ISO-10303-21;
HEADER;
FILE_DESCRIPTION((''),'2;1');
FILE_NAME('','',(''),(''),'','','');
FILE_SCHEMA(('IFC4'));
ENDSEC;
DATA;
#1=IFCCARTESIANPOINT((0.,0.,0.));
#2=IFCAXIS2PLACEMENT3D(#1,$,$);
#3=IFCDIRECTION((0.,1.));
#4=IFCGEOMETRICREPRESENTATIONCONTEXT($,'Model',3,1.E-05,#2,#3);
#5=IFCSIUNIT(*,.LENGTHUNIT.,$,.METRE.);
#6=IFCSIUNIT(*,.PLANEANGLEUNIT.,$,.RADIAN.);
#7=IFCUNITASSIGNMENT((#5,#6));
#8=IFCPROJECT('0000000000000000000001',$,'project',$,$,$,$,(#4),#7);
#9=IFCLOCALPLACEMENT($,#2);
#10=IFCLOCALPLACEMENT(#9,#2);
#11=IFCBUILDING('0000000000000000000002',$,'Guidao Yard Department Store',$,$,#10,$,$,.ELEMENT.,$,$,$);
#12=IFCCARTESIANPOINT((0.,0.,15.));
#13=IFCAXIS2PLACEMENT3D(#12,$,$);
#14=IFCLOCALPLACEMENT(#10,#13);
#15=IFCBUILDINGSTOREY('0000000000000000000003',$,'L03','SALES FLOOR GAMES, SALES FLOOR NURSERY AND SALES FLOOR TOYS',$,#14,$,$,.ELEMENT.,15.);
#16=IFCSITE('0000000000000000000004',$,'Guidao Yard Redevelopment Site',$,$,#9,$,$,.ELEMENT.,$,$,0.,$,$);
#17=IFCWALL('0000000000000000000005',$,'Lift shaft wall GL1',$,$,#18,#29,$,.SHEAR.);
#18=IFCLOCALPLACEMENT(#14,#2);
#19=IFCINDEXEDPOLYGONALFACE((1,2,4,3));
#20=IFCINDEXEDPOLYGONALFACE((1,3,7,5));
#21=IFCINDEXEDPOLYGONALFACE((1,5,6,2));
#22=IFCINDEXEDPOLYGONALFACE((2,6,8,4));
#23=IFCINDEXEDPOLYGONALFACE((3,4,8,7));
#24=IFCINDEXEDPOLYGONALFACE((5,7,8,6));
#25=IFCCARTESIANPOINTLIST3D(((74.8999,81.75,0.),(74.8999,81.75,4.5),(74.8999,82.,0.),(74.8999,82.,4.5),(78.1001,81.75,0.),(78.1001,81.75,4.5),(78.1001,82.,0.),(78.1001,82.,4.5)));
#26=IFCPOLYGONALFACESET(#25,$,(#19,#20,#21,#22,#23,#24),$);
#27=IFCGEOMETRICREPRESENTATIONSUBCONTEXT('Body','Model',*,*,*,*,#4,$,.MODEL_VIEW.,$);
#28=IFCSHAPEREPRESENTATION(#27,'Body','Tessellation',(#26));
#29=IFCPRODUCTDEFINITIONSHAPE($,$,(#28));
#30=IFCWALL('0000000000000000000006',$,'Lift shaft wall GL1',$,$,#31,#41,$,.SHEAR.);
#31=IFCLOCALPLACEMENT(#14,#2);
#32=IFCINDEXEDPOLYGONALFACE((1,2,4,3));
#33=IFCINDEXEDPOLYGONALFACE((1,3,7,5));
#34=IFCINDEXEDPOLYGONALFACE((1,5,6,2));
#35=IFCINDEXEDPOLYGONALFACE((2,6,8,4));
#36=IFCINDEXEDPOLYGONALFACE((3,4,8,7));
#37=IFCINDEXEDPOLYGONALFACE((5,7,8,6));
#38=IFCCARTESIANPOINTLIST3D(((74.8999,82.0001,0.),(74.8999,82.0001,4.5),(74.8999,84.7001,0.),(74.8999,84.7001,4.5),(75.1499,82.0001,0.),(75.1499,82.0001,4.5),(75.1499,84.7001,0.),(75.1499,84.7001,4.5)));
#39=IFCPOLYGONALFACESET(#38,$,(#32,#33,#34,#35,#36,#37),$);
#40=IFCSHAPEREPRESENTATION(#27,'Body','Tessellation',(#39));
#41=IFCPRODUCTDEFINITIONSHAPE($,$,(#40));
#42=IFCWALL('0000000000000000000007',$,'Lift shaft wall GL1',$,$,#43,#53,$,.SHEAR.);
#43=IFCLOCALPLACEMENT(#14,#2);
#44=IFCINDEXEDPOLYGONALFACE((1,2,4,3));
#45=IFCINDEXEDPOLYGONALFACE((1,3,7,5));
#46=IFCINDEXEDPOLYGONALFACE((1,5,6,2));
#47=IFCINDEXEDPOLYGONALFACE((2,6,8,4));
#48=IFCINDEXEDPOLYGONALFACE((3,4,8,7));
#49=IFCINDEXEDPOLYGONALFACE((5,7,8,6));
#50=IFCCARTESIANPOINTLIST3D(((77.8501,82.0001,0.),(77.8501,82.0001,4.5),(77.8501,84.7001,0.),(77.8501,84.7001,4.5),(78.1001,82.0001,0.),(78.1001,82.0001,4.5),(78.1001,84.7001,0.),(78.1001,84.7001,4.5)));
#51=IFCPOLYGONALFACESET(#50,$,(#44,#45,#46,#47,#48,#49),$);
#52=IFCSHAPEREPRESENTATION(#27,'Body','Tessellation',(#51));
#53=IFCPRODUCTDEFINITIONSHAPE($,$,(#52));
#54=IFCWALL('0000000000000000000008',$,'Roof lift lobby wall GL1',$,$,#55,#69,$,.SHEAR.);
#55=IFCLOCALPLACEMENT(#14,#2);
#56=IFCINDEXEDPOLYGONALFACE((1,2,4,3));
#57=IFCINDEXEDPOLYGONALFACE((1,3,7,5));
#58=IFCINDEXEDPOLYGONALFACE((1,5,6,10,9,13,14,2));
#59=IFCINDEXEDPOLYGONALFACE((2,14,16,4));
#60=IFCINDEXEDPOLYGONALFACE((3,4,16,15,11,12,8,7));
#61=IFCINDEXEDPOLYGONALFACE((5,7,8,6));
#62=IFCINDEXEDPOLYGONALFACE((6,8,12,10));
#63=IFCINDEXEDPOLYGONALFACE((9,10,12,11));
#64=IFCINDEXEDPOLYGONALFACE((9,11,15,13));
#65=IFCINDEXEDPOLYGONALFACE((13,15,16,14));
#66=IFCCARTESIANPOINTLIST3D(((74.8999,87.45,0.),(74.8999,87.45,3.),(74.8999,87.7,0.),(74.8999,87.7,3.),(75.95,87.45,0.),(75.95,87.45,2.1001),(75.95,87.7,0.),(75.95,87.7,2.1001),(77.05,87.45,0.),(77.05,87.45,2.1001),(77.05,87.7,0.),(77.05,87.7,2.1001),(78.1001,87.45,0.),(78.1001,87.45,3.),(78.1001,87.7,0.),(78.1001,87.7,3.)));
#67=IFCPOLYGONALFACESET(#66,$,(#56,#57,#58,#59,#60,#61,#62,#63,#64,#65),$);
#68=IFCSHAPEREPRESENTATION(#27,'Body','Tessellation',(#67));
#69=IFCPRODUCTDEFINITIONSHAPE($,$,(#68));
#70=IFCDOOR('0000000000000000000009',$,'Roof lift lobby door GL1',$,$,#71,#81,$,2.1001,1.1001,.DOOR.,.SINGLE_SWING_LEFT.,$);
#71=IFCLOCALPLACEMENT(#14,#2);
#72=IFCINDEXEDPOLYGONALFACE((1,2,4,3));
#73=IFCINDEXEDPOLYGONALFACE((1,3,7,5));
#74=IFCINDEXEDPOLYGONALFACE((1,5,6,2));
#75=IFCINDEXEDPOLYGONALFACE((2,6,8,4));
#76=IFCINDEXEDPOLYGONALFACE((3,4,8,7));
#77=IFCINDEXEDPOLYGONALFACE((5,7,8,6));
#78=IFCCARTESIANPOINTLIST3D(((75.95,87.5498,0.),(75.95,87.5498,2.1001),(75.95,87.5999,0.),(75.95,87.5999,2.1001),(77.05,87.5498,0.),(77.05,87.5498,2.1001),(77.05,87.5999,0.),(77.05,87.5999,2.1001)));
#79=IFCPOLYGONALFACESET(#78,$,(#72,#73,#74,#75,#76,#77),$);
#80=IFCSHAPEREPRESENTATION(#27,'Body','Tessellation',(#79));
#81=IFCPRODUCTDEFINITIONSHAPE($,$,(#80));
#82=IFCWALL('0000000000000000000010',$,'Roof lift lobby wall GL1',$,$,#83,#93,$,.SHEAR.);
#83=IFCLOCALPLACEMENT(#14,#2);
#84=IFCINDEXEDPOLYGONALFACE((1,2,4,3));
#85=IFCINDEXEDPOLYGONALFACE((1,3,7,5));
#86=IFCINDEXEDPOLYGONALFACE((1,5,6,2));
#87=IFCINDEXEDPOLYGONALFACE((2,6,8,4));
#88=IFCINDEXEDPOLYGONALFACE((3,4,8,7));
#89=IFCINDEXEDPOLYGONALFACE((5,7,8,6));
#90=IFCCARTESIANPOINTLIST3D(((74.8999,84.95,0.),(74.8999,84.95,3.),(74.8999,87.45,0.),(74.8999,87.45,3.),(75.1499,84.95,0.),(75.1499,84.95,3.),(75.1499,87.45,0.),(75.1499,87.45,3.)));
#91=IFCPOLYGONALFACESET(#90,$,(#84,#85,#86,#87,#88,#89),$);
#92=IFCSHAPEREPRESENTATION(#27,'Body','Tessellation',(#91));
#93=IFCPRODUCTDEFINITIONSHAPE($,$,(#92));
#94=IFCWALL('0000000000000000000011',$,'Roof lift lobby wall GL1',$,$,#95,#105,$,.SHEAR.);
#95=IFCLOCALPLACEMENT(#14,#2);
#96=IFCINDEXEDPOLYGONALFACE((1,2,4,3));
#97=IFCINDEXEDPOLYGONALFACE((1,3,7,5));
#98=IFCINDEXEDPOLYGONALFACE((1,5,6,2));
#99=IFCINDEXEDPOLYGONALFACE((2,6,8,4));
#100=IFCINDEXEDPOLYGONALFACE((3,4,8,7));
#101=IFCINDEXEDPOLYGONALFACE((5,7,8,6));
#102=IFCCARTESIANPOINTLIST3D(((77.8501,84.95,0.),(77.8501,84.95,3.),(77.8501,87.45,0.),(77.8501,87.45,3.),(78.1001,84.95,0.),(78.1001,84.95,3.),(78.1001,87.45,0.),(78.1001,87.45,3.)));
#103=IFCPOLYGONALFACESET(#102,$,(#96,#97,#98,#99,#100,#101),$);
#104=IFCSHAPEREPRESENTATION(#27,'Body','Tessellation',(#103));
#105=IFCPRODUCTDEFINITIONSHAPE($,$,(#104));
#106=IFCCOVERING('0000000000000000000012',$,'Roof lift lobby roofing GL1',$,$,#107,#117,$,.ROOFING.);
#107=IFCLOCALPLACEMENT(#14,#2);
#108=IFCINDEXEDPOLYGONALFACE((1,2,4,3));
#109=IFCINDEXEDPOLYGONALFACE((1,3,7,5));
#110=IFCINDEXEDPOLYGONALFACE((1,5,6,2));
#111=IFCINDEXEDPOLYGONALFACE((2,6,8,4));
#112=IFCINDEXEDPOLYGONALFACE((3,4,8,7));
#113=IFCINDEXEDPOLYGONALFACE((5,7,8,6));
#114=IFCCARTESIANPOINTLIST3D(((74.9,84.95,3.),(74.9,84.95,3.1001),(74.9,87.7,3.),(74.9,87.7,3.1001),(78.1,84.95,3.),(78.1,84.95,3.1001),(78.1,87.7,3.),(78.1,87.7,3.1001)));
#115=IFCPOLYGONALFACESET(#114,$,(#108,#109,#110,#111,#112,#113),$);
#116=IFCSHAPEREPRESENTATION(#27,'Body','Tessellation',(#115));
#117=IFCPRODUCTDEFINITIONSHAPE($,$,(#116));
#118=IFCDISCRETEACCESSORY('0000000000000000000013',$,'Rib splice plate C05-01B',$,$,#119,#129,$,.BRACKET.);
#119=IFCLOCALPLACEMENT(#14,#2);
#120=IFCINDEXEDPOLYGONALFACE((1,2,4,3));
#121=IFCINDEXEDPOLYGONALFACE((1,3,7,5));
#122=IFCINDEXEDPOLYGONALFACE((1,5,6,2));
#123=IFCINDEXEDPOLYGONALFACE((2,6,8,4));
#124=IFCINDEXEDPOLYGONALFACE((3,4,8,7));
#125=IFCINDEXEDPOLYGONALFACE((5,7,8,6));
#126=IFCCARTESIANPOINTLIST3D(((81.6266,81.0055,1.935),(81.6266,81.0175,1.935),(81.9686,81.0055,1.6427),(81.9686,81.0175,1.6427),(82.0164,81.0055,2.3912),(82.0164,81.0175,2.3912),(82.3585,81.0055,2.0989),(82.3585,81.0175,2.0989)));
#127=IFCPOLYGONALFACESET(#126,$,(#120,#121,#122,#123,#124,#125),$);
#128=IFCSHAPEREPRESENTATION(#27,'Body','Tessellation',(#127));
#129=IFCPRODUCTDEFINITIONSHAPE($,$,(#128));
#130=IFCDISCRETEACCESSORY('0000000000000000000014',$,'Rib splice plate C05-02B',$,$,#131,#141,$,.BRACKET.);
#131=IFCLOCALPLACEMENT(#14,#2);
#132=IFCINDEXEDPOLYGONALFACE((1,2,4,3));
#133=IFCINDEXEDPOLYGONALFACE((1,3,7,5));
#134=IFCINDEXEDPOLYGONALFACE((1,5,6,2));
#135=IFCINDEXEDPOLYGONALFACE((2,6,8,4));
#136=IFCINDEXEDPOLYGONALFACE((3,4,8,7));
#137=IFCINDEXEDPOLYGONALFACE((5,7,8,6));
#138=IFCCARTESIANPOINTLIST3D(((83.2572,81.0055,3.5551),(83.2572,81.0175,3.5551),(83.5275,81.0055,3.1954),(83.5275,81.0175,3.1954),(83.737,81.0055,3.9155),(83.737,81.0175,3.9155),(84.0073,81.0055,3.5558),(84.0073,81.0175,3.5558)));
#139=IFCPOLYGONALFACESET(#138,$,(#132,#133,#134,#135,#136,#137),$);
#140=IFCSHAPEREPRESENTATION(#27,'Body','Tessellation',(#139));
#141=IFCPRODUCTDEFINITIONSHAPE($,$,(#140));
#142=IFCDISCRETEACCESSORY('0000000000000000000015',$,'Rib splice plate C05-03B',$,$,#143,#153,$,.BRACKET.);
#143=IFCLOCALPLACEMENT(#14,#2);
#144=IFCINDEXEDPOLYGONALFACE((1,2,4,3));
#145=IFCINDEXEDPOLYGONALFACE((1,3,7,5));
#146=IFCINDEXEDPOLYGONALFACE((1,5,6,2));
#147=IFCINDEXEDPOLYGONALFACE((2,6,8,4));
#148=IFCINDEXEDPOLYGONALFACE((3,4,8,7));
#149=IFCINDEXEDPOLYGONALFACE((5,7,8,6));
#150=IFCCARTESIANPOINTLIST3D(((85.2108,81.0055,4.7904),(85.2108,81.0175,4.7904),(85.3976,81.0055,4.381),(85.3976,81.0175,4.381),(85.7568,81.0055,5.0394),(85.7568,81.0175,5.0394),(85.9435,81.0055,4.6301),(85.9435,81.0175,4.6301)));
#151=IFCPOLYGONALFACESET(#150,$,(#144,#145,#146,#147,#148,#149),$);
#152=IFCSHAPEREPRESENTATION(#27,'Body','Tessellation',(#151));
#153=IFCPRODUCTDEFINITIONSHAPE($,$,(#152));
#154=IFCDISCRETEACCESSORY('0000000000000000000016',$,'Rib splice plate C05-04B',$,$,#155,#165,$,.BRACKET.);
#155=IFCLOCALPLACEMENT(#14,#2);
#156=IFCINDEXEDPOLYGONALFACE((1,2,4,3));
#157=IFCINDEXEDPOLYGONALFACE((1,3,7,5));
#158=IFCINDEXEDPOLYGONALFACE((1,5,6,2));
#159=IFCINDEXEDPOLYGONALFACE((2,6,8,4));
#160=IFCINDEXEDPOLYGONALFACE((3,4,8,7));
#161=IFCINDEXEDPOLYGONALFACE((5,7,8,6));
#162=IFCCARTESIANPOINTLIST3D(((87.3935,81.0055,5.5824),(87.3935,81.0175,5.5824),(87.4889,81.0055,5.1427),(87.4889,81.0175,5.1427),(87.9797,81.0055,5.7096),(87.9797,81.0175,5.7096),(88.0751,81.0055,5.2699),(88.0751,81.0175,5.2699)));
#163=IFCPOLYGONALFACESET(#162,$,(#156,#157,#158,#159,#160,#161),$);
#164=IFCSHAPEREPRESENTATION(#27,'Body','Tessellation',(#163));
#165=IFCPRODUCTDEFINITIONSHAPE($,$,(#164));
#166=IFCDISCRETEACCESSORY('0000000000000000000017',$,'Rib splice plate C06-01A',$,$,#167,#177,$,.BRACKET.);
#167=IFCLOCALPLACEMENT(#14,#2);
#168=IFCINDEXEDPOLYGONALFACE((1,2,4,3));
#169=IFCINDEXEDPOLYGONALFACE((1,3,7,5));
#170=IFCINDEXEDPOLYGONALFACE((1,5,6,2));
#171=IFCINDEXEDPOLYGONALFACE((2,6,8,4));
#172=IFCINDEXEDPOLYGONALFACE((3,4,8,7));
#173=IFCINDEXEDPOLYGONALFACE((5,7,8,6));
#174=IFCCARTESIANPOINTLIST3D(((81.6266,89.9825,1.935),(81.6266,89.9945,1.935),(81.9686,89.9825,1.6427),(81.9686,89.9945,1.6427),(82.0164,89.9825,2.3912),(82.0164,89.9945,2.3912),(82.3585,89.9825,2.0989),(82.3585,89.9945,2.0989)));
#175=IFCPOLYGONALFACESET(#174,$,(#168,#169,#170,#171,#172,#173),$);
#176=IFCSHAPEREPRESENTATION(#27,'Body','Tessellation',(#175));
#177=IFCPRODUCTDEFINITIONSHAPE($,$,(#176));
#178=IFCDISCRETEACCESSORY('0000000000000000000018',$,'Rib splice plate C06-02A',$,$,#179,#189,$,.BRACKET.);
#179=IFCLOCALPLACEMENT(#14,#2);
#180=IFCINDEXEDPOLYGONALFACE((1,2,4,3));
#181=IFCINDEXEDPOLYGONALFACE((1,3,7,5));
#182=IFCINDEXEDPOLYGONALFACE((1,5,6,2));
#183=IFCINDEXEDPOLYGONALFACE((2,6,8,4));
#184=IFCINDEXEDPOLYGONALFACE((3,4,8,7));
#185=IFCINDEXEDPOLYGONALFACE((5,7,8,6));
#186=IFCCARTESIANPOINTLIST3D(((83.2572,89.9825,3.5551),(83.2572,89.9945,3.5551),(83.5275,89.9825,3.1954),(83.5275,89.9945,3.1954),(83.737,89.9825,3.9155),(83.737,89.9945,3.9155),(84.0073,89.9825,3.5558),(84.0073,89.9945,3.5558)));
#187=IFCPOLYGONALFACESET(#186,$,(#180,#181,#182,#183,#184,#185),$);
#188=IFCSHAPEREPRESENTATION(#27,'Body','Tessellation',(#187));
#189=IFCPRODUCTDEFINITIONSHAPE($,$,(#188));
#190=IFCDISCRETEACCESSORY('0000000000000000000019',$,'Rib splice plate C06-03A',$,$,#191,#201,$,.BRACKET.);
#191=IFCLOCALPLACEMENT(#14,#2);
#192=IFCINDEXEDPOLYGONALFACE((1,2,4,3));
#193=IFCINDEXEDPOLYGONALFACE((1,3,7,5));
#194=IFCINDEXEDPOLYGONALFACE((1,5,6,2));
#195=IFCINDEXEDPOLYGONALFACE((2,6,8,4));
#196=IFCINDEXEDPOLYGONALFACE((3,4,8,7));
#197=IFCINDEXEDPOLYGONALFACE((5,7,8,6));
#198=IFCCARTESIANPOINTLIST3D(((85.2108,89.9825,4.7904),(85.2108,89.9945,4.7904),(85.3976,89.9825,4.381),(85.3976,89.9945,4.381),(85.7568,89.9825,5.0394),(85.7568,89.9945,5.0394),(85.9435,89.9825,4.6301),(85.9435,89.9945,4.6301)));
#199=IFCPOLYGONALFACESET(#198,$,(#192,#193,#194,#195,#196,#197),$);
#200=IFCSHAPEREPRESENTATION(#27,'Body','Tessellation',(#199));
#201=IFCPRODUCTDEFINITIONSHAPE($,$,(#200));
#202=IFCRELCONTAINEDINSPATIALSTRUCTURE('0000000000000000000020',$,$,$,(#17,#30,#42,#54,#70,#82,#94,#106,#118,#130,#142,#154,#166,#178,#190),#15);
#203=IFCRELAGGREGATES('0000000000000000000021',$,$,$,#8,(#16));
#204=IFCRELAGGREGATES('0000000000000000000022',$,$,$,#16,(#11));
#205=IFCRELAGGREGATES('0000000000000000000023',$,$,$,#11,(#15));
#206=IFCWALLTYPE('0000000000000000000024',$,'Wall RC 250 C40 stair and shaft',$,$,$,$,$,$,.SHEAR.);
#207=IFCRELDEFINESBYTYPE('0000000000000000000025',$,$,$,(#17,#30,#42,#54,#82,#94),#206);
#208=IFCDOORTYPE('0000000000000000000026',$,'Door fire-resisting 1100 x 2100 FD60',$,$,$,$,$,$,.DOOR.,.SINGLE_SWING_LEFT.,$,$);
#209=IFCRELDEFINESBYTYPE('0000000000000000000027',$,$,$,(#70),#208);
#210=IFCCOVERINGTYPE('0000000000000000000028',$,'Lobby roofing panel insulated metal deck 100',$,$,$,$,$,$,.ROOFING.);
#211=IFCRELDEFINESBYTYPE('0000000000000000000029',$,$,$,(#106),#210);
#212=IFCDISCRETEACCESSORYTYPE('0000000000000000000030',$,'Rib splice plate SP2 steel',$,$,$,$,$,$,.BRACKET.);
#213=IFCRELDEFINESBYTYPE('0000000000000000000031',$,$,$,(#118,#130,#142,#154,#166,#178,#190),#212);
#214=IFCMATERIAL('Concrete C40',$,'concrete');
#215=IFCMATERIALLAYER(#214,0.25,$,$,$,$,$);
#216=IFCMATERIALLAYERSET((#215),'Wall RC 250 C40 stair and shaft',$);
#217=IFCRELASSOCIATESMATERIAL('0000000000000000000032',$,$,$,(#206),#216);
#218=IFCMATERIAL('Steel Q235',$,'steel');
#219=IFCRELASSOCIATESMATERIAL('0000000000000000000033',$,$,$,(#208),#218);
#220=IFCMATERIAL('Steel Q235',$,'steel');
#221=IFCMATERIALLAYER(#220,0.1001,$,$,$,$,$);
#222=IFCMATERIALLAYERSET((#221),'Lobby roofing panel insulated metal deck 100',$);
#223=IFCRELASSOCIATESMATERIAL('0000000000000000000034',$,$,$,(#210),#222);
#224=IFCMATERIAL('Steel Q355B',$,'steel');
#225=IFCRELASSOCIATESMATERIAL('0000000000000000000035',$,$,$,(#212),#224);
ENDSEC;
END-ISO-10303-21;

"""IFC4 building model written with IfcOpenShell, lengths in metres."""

from ifc_helpers import new_model, si_unit, direction, frame, frame_2d, origin, origin_2d, place, context, subcontext, project, spatial, rectangle, extrude, material, layer, layer_set, material_profile, profile_set, type_object, element, fill, save


model = new_model("IFC4")

# Units and contexts
model_context = context("Model", 3, precision=1e-05, world=origin(), true_north=direction((0.0, 1.0)))
body_context = subcontext(model_context, "Body", "Model", "MODEL_VIEW")
ifc_project = project(units=[si_unit("LENGTHUNIT", "METRE"), si_unit("PLANEANGLEUNIT", "RADIAN")], contexts=[model_context])

# Site, building, storey
site_placement = place(None, origin())
site = spatial("IfcSite", under=ifc_project, at=site_placement, Name="Guidao Yard Redevelopment Site", CompositionType="ELEMENT", RefElevation=0.0)
building_placement = place(site_placement, origin())
building = spatial("IfcBuilding", under=site, at=building_placement, Name="Guidao Yard Department Store", CompositionType="ELEMENT")
storey_placement = place(building_placement, frame((0.0, 0.0, 15.0)))
storey = spatial("IfcBuildingStorey", under=building, at=storey_placement, Name="L03", Description="SALES FLOOR GAMES, SALES FLOOR NURSERY AND SALES FLOOR TOYS", CompositionType="ELEMENT", Elevation=15.0)

# Shared definitions
ifc_material_1 = material(Name="Concrete C40", Category="concrete")
ifc_layer_1 = layer(ifc_material_1, 0.25)
ifc_layer_set_1 = layer_set([ifc_layer_1], Name="Wall RC 250 C40 stair and shaft")
wall_type = type_object("IfcWallType", Name="Wall RC 250 C40 stair and shaft", PredefinedType="SHEAR", material=ifc_layer_set_1)

# Walls
wall_1_placement = place(storey_placement, frame((74.8999, 81.875, 0.0), z_axis=(0.0, 0.0, 1.0), x_axis=(1.0, 0.0, 0.0)))
element("IfcWall", 1, at=wall_1_placement, inside=storey, type_object=wall_type, Name="Lift shaft wall GL1", PredefinedType="SHEAR", context=body_context, shape_type="SweptSolid", body=[
    extrude(rectangle(XDim=3.2002, YDim=0.25, at=frame_2d((1.6001, 0.0))), origin(), (0.0, 0.0, 1.0), 4.5),
])
for number, where, z_axis, x_axis, name in (
    (2, (75.0249, 82.0, 0.0), (0.0, 0.0, 1.0), (0.0, 1.0, 0.0), "Lift shaft wall GL1"),
    (3, (77.9751, 82.0, 0.0), (0.0, 0.0, 1.0), (0.0, 1.0, 0.0), "Lift shaft wall GL1"),
):
    element("IfcWall", number, at=place(storey_placement, frame(where, z_axis=z_axis, x_axis=x_axis)), inside=storey, type_object=wall_type, Name=name, PredefinedType="SHEAR", context=body_context, shape_type="SweptSolid", body=[
        extrude(rectangle(XDim=2.7, YDim=0.25, at=frame_2d((1.3501, 0.0))), origin(), (0.0, 0.0, 1.0), 4.5),
    ])

# Wall, opening, door
wall_2_placement = place(storey_placement, frame((74.8999, 87.575, 0.0), z_axis=(0.0, 0.0, 1.0), x_axis=(1.0, 0.0, 0.0)))
wall_2 = element("IfcWall", 4, at=wall_2_placement, inside=storey, type_object=wall_type, Name="Roof lift lobby wall GL1", PredefinedType="SHEAR", context=body_context, shape_type="SweptSolid", body=[
    extrude(rectangle(XDim=3.2002, YDim=0.25, at=frame_2d((1.6001, 0.0))), origin(), (0.0, 0.0, 1.0), 3.0),
])
opening_1_placement = place(wall_2_placement, frame((1.05, 0.0, 0.0)))
opening_1 = element("IfcOpeningElement", 5, at=opening_1_placement, cuts=wall_2, PredefinedType="OPENING", context=body_context, shape_type="SweptSolid", body=[
    extrude(rectangle(XDim=1.1001, YDim=2.1001, at=frame_2d((0.55, 1.05))), frame((0.0, 0.135, 0.0), z_axis=(0.0, -1.0, 0.0), x_axis=(1.0, 0.0, 0.0)), (0.0, 0.0, 1.0), 0.27),
])
ifc_material_2 = material(Name="Steel Q235", Category="steel")
door_type_1 = type_object("IfcDoorType", Name="Door fire-resisting 1100 x 2100 FD60", OperationType="SINGLE_SWING_LEFT", PredefinedType="DOOR", material=ifc_material_2)
door_1_placement = place(opening_1_placement, origin())
door_1 = element("IfcDoor", 6, at=door_1_placement, inside=storey, type_object=door_type_1, Name="Roof lift lobby door GL1", OperationType="SINGLE_SWING_LEFT", OverallHeight=2.1001, OverallWidth=1.1001, PredefinedType="DOOR", context=body_context, shape_type="SweptSolid", body=[
    extrude(rectangle(XDim=1.1001, YDim=2.1001, at=frame_2d((0.55, 1.05))), frame((0.0, 0.0249, 0.0), z_axis=(0.0, -1.0, 0.0), x_axis=(1.0, 0.0, 0.0)), (0.0, 0.0, 1.0), 0.05),
])
fill(opening_1, door_1)

# Walls
for number, where, z_axis, x_axis, name in (
    (7, (75.0249, 84.95, 0.0), (0.0, 0.0, 1.0), (0.0, 1.0, 0.0), "Roof lift lobby wall GL1"),
    (8, (77.9751, 84.95, 0.0), (0.0, 0.0, 1.0), (0.0, 1.0, 0.0), "Roof lift lobby wall GL1"),
):
    element("IfcWall", number, at=place(storey_placement, frame(where, z_axis=z_axis, x_axis=x_axis)), inside=storey, type_object=wall_type, Name=name, PredefinedType="SHEAR", context=body_context, shape_type="SweptSolid", body=[
        extrude(rectangle(XDim=2.5, YDim=0.25, at=frame_2d((1.25, 0.0))), origin(), (0.0, 0.0, 1.0), 3.0),
    ])

# Covering
ifc_material_3 = material(Name="Steel Q235", Category="steel")
ifc_layer_2 = layer(ifc_material_3, 0.1001)
ifc_layer_set_2 = layer_set([ifc_layer_2], Name="Lobby roofing panel insulated metal deck 100")
covering_type = type_object("IfcCoveringType", Name="Lobby roofing panel insulated metal deck 100", PredefinedType="ROOFING", material=ifc_layer_set_2)
covering_placement = place(storey_placement, frame((76.5, 86.325, 3.0), z_axis=(0.0, 0.0, 1.0), x_axis=(1.0, 0.0, 0.0)))
element("IfcCovering", 9, at=covering_placement, inside=storey, type_object=covering_type, Name="Roof lift lobby roofing GL1", PredefinedType="ROOFING", context=body_context, shape_type="SweptSolid", body=[
    extrude(rectangle(XDim=3.2, YDim=2.75, at=origin_2d()), origin(), (0.0, 0.0, 1.0), 0.1001),
])

# Discrete accessories
ifc_material_4 = material(Name="Steel Q355B", Category="steel")
ifc_material_profile_1 = material_profile(ifc_material_4, rectangle(XDim=0.012, YDim=0.45, at=origin_2d()), Name="Splice plate 450x12")
ifc_profile_set_1 = profile_set([ifc_material_profile_1], Name="Steel Q355B")
discrete_accessory_type_1 = type_object("IfcDiscreteAccessoryType", Name="Rib splice plate SP2 steel", PredefinedType="BRACKET", material=ifc_profile_set_1)
for number, where, z_axis, x_axis, name in (
    (10, (81.7976, 81.0115, 1.7888), (0.649618, 0.0, 0.760261), (0.0, 1.0, 0.0), "Rib splice plate C05-01B"),
    (11, (83.3923, 81.0115, 3.3752), (0.79956, 0.0, 0.600586), (0.0, 1.0, 0.0), "Rib splice plate C05-02B"),
    (12, (85.3042, 81.0115, 4.5857), (0.909808, 0.0, 0.415029), (0.0, 1.0, 0.0), "Rib splice plate C05-03B"),
):
    element("IfcDiscreteAccessory", number, at=place(storey_placement, frame(where, z_axis=z_axis, x_axis=x_axis)), inside=storey, type_object=discrete_accessory_type_1, Name=name, PredefinedType="BRACKET", context=body_context, shape_type="SweptSolid", body=[
        extrude(rectangle(XDim=0.012, YDim=0.45, at=origin_2d()), origin(), (0.0, 0.0, 1.0), 0.6001),
    ])
discrete_accessory_1_placement = place(storey_placement, frame((87.4412, 81.0115, 5.3625), z_axis=(0.977257, 0.0, 0.212058), x_axis=(0.0, 1.0, 0.0)))
element("IfcDiscreteAccessory", 13, at=discrete_accessory_1_placement, inside=storey, type_object=discrete_accessory_type_1, Name="Rib splice plate C05-04B", PredefinedType="BRACKET", context=body_context, shape_type="SweptSolid", body=[
    extrude(rectangle(XDim=0.012, YDim=0.45, at=origin_2d()), origin(), (0.0, 0.0, 1.0), 0.5999),
])
for number, where, z_axis, x_axis, name in (
    (14, (81.7976, 89.9885, 1.7888), (0.649618, 0.0, 0.760261), (0.0, 1.0, 0.0), "Rib splice plate C06-01A"),
    (15, (83.3923, 89.9885, 3.3752), (0.79956, 0.0, 0.600586), (0.0, 1.0, 0.0), "Rib splice plate C06-02A"),
    (16, (85.3042, 89.9885, 4.5857), (0.909808, 0.0, 0.415029), (0.0, 1.0, 0.0), "Rib splice plate C06-03A"),
):
    element("IfcDiscreteAccessory", number, at=place(storey_placement, frame(where, z_axis=z_axis, x_axis=x_axis)), inside=storey, type_object=discrete_accessory_type_1, Name=name, PredefinedType="BRACKET", context=body_context, shape_type="SweptSolid", body=[
        extrude(rectangle(XDim=0.012, YDim=0.45, at=origin_2d()), origin(), (0.0, 0.0, 1.0), 0.6001),
    ])

save(model, "model.ifc")
